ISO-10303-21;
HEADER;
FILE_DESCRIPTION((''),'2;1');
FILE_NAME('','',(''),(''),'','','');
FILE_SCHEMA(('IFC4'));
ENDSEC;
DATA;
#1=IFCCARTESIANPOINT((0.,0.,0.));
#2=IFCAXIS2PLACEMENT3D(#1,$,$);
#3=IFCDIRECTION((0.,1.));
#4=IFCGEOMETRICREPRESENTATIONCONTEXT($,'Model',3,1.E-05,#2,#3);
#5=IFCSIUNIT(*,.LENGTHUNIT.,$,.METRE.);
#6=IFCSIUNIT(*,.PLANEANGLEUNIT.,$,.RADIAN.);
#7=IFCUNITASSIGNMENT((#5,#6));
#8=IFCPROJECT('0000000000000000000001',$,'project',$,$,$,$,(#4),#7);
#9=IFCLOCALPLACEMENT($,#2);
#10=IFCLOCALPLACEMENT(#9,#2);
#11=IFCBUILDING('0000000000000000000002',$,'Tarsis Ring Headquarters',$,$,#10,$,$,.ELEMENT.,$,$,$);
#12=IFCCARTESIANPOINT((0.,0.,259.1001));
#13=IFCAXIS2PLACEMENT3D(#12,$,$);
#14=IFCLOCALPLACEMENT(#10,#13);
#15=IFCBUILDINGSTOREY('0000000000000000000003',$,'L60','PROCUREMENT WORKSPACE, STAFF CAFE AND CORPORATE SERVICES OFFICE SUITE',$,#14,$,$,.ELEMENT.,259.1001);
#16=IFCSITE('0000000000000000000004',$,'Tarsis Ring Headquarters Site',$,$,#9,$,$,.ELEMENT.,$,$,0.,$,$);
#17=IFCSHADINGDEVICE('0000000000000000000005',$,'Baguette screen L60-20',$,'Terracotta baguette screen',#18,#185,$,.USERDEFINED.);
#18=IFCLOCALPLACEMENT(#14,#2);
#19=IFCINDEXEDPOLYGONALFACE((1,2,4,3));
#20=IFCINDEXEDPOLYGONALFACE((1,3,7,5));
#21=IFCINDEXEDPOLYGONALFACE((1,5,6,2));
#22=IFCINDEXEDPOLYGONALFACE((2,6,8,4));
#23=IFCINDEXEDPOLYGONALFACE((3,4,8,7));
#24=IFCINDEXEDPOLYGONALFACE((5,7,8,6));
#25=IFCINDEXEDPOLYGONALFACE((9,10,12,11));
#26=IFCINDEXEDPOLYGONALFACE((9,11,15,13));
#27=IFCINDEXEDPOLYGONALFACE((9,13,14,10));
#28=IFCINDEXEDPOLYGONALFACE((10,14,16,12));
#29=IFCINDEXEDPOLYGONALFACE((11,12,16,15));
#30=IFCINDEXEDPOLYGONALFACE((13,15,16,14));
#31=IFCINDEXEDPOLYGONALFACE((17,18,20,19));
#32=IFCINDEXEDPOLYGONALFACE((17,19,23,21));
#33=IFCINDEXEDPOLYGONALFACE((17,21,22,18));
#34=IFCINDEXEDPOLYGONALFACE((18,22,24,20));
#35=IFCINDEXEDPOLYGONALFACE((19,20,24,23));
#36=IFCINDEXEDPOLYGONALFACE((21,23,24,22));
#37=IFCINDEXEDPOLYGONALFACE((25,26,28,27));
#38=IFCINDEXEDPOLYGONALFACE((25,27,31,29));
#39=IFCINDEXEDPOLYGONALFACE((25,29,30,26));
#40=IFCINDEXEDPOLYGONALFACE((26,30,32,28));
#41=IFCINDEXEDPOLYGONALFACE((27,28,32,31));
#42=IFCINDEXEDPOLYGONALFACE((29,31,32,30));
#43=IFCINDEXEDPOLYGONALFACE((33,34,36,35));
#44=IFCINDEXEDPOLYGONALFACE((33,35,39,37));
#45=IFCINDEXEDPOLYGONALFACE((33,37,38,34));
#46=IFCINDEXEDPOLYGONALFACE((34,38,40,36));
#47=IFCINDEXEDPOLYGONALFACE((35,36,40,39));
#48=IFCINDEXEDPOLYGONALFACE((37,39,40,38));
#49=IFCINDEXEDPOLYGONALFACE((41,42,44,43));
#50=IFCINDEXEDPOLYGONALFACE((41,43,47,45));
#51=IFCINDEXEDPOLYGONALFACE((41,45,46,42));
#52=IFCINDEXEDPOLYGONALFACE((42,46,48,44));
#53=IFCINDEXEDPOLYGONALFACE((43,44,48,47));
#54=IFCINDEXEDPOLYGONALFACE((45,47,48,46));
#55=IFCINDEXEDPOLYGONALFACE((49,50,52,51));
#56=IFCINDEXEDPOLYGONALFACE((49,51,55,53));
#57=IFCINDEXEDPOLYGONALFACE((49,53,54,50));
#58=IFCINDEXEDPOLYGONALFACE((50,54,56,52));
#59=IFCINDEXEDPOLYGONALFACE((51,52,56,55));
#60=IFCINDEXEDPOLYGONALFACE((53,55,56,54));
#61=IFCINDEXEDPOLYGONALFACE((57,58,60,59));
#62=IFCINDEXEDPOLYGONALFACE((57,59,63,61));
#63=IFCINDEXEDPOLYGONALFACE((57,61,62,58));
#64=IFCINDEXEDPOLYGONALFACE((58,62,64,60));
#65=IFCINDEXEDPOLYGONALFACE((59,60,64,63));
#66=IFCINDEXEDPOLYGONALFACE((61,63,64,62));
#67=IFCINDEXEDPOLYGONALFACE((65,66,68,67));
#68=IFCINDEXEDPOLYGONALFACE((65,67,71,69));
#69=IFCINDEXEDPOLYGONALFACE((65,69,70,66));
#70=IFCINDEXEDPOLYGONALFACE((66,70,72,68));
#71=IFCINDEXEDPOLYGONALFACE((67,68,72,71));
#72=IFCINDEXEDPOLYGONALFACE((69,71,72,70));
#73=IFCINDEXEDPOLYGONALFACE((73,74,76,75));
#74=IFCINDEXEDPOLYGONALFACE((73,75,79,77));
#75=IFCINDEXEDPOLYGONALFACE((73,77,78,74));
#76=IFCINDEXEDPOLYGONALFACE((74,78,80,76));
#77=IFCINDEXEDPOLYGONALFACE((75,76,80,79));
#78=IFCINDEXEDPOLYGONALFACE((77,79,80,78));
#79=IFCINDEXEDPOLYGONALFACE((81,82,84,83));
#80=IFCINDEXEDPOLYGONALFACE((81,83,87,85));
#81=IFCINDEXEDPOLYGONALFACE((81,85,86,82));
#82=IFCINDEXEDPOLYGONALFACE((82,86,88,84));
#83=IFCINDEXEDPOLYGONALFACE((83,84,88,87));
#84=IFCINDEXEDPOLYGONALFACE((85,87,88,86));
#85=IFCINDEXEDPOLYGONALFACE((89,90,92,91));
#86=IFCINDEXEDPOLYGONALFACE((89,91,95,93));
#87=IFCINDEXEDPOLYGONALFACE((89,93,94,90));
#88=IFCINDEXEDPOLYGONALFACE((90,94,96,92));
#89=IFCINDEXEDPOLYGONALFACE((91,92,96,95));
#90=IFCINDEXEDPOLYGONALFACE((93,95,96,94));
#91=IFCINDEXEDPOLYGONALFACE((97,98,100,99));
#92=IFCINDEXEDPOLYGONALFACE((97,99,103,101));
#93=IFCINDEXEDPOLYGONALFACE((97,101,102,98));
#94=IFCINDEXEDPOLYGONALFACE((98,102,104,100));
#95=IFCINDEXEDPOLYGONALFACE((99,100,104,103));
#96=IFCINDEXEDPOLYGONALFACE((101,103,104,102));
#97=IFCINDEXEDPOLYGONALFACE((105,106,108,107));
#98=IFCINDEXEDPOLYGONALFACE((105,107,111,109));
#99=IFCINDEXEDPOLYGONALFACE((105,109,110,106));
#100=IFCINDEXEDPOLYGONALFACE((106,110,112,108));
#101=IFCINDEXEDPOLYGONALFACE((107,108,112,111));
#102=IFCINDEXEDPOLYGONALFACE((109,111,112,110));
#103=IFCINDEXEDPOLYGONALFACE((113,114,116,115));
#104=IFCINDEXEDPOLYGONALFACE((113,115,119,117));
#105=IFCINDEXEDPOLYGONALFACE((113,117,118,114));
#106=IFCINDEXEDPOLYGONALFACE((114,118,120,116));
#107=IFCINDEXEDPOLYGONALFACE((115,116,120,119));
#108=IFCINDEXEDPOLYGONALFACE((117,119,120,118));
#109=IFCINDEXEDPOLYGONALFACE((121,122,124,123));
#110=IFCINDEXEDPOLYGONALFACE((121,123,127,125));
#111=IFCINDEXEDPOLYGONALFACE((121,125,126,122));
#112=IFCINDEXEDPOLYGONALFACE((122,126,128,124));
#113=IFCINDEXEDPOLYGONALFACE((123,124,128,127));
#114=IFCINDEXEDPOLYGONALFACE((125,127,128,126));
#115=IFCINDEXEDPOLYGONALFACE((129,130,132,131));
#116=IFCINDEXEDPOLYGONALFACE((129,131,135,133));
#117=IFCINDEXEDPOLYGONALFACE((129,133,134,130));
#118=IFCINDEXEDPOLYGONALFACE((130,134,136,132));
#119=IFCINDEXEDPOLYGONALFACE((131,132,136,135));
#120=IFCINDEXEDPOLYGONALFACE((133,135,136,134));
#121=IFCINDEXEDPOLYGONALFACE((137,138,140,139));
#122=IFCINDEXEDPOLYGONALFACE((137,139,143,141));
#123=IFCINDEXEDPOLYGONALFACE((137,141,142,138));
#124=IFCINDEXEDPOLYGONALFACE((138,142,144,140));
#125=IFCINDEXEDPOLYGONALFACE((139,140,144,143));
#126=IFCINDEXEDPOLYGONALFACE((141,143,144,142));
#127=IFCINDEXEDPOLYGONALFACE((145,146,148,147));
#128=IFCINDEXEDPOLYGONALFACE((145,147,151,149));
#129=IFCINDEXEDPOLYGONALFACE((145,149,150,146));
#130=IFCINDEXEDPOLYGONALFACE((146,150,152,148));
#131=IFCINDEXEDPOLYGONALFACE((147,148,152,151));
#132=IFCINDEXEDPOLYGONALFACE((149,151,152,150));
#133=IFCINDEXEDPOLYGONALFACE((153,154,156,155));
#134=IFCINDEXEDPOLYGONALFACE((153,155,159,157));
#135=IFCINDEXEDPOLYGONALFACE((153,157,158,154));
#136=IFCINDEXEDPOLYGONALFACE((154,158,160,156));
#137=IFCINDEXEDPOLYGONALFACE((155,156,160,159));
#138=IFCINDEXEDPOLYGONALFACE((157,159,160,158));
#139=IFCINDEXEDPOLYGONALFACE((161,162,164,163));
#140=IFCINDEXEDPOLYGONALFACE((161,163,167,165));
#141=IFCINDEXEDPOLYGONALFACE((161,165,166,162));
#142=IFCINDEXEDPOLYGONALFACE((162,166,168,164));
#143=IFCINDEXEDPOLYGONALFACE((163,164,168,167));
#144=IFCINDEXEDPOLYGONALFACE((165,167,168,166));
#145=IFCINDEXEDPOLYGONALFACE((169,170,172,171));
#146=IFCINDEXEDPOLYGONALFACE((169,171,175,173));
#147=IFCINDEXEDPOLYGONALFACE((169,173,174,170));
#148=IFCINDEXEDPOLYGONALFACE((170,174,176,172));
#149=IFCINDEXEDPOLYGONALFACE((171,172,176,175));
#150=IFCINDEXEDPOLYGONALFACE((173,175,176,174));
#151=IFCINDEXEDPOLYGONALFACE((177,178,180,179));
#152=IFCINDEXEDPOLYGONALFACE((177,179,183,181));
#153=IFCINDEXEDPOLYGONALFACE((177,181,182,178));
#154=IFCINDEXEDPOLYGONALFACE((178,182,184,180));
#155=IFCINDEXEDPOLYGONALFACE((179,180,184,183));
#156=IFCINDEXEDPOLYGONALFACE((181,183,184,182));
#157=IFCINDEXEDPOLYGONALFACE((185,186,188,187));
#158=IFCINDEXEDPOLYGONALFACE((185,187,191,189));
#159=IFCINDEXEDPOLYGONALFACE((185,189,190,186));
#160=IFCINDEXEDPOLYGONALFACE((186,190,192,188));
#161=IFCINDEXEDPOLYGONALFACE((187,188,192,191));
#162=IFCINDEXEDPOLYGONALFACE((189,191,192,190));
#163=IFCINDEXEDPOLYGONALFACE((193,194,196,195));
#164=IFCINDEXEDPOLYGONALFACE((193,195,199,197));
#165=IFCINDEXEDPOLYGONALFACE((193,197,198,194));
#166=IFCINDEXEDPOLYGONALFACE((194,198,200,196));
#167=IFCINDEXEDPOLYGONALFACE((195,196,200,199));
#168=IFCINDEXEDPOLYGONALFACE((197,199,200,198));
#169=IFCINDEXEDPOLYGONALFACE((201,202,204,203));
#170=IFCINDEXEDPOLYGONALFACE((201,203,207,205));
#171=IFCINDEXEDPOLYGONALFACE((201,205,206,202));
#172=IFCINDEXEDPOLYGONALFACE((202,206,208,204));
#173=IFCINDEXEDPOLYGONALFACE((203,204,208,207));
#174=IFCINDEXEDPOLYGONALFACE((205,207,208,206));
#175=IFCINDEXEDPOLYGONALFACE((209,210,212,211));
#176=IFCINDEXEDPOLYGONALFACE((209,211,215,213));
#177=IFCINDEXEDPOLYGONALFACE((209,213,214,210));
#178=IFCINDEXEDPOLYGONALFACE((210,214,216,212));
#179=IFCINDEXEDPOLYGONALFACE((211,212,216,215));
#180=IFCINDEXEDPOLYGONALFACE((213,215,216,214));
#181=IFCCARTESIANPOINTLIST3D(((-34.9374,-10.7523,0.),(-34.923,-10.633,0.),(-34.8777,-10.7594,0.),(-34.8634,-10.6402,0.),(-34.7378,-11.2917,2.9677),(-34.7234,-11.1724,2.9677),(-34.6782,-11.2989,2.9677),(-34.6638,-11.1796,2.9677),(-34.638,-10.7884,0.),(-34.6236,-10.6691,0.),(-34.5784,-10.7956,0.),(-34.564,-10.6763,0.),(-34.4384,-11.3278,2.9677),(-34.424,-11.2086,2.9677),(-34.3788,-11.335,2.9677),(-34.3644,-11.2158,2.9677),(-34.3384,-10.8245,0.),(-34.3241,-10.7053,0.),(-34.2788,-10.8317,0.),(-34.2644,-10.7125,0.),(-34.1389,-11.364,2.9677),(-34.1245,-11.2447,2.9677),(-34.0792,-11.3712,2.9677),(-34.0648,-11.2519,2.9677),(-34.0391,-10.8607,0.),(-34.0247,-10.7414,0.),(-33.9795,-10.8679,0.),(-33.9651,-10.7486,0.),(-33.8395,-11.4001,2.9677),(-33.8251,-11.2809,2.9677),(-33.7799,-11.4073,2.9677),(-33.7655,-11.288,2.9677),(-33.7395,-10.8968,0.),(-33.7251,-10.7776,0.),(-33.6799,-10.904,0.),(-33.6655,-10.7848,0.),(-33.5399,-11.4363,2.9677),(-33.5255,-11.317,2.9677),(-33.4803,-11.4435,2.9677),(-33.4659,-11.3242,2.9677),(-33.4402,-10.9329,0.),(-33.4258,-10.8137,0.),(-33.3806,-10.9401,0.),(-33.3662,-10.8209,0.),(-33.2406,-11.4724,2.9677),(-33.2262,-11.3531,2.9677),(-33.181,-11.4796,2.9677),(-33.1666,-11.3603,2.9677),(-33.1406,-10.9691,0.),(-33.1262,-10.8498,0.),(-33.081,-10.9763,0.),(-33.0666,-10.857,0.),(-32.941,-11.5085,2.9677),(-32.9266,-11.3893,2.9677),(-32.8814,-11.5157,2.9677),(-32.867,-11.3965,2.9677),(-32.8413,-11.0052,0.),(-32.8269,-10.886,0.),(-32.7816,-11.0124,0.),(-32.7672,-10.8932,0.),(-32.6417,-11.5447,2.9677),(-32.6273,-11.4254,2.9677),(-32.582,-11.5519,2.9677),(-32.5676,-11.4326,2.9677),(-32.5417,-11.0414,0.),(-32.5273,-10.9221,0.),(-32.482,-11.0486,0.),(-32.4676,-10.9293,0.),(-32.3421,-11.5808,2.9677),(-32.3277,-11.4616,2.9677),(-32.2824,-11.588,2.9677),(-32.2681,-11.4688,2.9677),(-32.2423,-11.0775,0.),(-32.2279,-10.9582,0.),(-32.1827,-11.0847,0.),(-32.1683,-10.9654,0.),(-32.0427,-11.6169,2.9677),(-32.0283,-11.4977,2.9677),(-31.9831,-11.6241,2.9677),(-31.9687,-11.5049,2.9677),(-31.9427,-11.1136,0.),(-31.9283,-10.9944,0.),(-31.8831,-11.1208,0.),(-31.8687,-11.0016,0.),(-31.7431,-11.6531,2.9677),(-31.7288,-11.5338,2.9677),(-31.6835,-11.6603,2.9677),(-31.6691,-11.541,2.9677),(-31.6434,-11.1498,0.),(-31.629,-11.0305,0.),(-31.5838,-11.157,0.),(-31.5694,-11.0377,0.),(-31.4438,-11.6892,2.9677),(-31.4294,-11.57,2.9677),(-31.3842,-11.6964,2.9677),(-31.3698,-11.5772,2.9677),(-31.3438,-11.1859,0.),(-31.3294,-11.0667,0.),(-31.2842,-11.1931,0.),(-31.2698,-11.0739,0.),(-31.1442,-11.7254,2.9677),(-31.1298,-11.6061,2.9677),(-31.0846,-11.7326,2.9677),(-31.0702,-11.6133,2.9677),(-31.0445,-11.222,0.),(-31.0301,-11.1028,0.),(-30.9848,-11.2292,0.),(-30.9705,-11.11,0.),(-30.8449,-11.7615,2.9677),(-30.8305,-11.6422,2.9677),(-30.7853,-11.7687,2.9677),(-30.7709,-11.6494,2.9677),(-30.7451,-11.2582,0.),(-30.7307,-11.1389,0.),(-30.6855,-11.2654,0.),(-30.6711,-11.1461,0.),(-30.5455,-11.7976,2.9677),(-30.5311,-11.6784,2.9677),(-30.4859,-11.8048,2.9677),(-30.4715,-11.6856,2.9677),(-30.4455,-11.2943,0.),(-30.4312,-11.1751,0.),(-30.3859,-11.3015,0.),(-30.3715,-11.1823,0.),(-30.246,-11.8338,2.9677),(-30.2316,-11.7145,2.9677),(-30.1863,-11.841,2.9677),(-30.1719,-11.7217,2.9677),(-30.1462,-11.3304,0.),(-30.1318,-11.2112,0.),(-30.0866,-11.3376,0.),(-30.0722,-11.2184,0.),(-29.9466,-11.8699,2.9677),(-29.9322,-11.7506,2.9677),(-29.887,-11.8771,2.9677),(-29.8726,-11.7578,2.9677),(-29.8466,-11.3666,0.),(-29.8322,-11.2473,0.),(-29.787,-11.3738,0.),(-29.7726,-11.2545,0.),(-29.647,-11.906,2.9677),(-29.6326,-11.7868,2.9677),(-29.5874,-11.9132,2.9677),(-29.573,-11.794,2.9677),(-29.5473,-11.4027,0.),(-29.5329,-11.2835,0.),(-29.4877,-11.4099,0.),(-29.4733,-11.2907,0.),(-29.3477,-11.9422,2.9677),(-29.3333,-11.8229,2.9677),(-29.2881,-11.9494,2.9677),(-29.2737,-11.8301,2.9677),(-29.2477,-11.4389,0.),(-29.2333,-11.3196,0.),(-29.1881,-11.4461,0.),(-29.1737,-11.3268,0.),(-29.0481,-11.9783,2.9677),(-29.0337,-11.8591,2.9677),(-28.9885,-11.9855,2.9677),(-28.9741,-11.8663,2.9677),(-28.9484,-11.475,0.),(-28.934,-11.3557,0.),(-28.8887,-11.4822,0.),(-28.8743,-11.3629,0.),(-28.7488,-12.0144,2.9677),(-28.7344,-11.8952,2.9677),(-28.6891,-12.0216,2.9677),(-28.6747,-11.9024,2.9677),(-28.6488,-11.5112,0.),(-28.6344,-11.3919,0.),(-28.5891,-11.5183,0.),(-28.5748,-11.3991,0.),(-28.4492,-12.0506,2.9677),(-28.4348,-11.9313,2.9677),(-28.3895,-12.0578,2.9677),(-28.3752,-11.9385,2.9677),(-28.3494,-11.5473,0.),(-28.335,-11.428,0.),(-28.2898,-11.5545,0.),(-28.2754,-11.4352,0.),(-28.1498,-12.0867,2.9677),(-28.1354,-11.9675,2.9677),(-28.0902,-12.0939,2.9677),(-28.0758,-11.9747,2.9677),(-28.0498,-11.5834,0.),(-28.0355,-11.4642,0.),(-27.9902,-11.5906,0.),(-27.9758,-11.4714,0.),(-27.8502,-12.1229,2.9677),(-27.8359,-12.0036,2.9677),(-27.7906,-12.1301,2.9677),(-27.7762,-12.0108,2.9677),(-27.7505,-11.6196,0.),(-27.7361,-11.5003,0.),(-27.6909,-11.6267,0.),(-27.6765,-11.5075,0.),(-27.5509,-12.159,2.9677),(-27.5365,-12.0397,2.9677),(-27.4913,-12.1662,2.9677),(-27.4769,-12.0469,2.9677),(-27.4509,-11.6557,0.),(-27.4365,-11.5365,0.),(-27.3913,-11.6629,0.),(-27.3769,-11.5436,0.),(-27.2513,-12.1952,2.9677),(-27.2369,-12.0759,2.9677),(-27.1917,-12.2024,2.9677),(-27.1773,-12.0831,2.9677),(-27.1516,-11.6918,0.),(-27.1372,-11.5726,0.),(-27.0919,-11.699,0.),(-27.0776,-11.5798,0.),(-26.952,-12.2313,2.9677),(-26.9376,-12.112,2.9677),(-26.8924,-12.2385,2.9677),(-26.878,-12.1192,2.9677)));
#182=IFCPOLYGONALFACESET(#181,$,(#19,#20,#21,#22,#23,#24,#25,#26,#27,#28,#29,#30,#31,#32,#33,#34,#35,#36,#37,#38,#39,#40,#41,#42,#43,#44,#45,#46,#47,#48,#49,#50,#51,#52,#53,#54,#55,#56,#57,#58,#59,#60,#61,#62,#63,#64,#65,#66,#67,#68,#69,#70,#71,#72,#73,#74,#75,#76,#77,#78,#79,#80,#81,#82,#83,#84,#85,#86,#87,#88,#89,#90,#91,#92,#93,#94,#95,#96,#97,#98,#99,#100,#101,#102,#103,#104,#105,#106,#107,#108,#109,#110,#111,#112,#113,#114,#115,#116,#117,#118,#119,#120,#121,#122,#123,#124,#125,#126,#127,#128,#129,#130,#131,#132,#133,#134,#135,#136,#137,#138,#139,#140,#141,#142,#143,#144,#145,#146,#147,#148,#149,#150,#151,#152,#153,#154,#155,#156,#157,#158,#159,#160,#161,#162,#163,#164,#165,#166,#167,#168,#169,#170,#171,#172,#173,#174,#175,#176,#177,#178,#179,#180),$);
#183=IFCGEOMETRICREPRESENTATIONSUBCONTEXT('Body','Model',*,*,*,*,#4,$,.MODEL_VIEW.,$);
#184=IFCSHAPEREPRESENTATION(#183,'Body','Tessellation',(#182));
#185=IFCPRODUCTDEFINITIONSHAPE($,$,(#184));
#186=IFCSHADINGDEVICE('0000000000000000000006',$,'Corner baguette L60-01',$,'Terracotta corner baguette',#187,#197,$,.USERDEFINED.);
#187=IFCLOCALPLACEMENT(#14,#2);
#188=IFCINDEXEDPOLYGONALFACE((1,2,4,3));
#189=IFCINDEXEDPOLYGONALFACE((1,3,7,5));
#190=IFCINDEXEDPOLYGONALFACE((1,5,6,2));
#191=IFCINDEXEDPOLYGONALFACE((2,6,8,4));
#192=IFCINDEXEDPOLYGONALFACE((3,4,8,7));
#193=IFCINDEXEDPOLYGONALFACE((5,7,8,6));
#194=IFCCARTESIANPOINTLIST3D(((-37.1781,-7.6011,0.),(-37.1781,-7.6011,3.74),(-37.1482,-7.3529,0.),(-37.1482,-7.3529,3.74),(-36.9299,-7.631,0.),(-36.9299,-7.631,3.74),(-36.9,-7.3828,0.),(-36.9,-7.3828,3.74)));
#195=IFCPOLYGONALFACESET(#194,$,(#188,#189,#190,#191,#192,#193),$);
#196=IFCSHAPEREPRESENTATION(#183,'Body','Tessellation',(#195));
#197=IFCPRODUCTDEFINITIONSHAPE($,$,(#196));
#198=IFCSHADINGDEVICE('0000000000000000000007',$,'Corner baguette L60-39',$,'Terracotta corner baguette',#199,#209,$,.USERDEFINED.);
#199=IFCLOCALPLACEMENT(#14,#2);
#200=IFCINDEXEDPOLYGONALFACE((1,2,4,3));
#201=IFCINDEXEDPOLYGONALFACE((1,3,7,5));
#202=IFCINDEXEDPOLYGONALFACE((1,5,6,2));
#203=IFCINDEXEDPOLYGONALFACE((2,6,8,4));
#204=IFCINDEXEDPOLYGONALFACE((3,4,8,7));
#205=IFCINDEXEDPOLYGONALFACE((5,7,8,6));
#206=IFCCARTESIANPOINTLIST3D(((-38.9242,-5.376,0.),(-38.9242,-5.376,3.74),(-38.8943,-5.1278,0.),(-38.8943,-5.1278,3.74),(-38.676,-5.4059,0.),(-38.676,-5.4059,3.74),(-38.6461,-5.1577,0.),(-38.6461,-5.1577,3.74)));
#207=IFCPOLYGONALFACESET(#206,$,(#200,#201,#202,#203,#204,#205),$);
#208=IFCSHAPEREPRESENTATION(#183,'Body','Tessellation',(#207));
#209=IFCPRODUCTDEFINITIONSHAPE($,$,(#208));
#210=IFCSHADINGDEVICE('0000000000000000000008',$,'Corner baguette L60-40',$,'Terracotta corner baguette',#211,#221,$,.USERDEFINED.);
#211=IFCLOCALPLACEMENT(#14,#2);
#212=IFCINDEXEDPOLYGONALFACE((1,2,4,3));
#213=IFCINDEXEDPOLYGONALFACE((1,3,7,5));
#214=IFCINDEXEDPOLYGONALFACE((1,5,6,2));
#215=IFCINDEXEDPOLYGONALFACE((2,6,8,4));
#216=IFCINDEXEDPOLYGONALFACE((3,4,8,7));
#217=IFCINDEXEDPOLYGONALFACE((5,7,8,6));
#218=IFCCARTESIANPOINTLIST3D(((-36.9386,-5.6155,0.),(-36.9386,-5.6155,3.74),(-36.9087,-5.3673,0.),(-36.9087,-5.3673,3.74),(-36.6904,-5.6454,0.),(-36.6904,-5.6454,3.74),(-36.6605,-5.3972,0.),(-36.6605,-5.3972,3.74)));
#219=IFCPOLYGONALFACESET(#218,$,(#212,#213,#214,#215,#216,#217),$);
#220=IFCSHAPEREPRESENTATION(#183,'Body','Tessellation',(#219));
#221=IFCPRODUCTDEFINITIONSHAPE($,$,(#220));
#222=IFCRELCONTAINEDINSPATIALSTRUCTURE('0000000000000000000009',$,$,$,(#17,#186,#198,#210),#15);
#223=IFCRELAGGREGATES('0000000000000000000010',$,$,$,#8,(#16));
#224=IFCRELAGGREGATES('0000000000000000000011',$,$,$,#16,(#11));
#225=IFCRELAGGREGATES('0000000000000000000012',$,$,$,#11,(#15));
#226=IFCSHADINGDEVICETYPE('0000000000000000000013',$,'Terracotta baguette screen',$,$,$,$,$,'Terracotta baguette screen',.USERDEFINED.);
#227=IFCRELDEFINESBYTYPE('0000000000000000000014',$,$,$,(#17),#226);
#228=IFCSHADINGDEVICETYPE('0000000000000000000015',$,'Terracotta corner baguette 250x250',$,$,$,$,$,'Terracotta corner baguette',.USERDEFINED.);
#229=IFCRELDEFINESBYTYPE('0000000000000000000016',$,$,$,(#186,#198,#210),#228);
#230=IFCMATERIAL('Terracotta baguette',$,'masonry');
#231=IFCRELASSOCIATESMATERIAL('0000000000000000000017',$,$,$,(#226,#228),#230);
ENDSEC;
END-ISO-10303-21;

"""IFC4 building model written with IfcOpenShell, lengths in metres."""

from ifc_helpers import new_model, si_unit, direction, frame, frame_2d, origin, origin_2d, place, context, subcontext, project, spatial, rectangle, composite_profile, extrude, material, type_object, element, save


model = new_model("IFC4")

# Units and contexts
model_context = context("Model", 3, precision=1e-05, world=origin(), true_north=direction((0.0, 1.0)))
body_context = subcontext(model_context, "Body", "Model", "MODEL_VIEW")
ifc_project = project(units=[si_unit("LENGTHUNIT", "METRE"), si_unit("PLANEANGLEUNIT", "RADIAN")], contexts=[model_context])

# Site, building, storey
site_placement = place(None, origin())
site = spatial("IfcSite", under=ifc_project, at=site_placement, Name="Tarsis Ring Headquarters Site", CompositionType="ELEMENT", RefElevation=0.0)
building_placement = place(site_placement, origin())
building = spatial("IfcBuilding", under=site, at=building_placement, Name="Tarsis Ring Headquarters", CompositionType="ELEMENT")
storey_placement = place(building_placement, frame((0.0, 0.0, 259.1001)))
storey = spatial("IfcBuildingStorey", under=building, at=storey_placement, Name="L60", Description="PROCUREMENT WORKSPACE, STAFF CAFE AND CORPORATE SERVICES OFFICE SUITE", CompositionType="ELEMENT", Elevation=259.1001)

# Shading devices
ifc_material_1 = material(Name="Terracotta baguette", Category="masonry")
shading_device_type_1 = type_object("IfcShadingDeviceType", Name="Terracotta baguette screen", ElementType="Terracotta baguette screen", PredefinedType="USERDEFINED", material=ifc_material_1)
shading_device_1_placement = place(storey_placement, frame((-34.9302, -10.6926, 0.0), z_axis=(0.0, 0.0, 1.0), x_axis=(0.992802, -0.11981, 0.0)))
element("IfcShadingDevice", 1, at=shading_device_1_placement, inside=storey, type_object=shading_device_type_1, Name="Baguette screen L60-20", ObjectType="Terracotta baguette screen", PredefinedType="USERDEFINED", context=body_context, shape_type="SweptSolid", body=[
    extrude(composite_profile([rectangle(XDim=0.0601, YDim=0.1201, at=frame_2d((0.03, 0.0))), rectangle(XDim=0.0601, YDim=0.1201, at=frame_2d((0.3315, 0.0))), rectangle(XDim=0.0601, YDim=0.1201, at=frame_2d((0.6333, 0.0))), rectangle(XDim=0.0601, YDim=0.1201, at=frame_2d((0.9348, 0.0))), rectangle(XDim=0.0601, YDim=0.1201, at=frame_2d((1.2366, 0.0))), rectangle(XDim=0.0601, YDim=0.1201, at=frame_2d((1.5381, 0.0))), rectangle(XDim=0.0601, YDim=0.1201, at=frame_2d((1.8398, 0.0))), rectangle(XDim=0.0601, YDim=0.1201, at=frame_2d((2.1414, 0.0))), rectangle(XDim=0.0601, YDim=0.1201, at=frame_2d((2.4431, 0.0))), rectangle(XDim=0.0601, YDim=0.1201, at=frame_2d((2.7446, 0.0))), rectangle(XDim=0.0601, YDim=0.1201, at=frame_2d((3.0464, 0.0))), rectangle(XDim=0.0601, YDim=0.1201, at=frame_2d((3.3479, 0.0))), rectangle(XDim=0.0601, YDim=0.1201, at=frame_2d((3.6497, 0.0))), rectangle(XDim=0.0601, YDim=0.1201, at=frame_2d((3.9512, 0.0))), rectangle(XDim=0.0601, YDim=0.1201, at=frame_2d((4.2527, 0.0))), rectangle(XDim=0.0601, YDim=0.1201, at=frame_2d((4.5544, 0.0))), rectangle(XDim=0.0601, YDim=0.1201, at=frame_2d((4.856, 0.0))), rectangle(XDim=0.0601, YDim=0.1201, at=frame_2d((5.1577, 0.0))), rectangle(XDim=0.0601, YDim=0.1201, at=frame_2d((5.4592, 0.0))), rectangle(XDim=0.0601, YDim=0.1201, at=frame_2d((5.761, 0.0))), rectangle(XDim=0.0601, YDim=0.1201, at=frame_2d((6.0625, 0.0))), rectangle(XDim=0.0601, YDim=0.1201, at=frame_2d((6.3643, 0.0))), rectangle(XDim=0.0601, YDim=0.1201, at=frame_2d((6.6658, 0.0))), rectangle(XDim=0.0601, YDim=0.1201, at=frame_2d((6.9675, 0.0))), rectangle(XDim=0.0601, YDim=0.1201, at=frame_2d((7.269, 0.0))), rectangle(XDim=0.0601, YDim=0.1201, at=frame_2d((7.5708, 0.0))), rectangle(XDim=0.0601, YDim=0.1201, at=frame_2d((7.8723, 0.0)))]), origin(), (0.086931, -0.169255, 0.981731), 3.0229),
])
shading_device_type_2 = type_object("IfcShadingDeviceType", Name="Terracotta corner baguette 250x250", ElementType="Terracotta corner baguette", PredefinedType="USERDEFINED", material=ifc_material_1)
for number, where, z_axis, x_axis, name in (
    (2, (-37.0391, -7.4919, 0.0), (0.0, 0.0, 1.0), (-0.11979, -0.992799, 0.0), "Corner baguette L60-01"),
    (3, (-38.7852, -5.2668, 0.0), (0.0, 0.0, 1.0), (-0.11979, -0.992799, 0.0), "Corner baguette L60-39"),
    (4, (-36.7996, -5.5063, 0.0), (0.0, 0.0, 1.0), (0.992799, -0.11979, 0.0), "Corner baguette L60-40"),
):
    element("IfcShadingDevice", number, at=place(storey_placement, frame(where, z_axis=z_axis, x_axis=x_axis)), inside=storey, type_object=shading_device_type_2, Name=name, ObjectType="Terracotta corner baguette", PredefinedType="USERDEFINED", context=body_context, shape_type="SweptSolid", body=[
        extrude(rectangle(XDim=0.25, YDim=0.25, at=origin_2d()), origin(), (0.0, 0.0, 1.0), 3.74),
    ])

save(model, "model.ifc")
